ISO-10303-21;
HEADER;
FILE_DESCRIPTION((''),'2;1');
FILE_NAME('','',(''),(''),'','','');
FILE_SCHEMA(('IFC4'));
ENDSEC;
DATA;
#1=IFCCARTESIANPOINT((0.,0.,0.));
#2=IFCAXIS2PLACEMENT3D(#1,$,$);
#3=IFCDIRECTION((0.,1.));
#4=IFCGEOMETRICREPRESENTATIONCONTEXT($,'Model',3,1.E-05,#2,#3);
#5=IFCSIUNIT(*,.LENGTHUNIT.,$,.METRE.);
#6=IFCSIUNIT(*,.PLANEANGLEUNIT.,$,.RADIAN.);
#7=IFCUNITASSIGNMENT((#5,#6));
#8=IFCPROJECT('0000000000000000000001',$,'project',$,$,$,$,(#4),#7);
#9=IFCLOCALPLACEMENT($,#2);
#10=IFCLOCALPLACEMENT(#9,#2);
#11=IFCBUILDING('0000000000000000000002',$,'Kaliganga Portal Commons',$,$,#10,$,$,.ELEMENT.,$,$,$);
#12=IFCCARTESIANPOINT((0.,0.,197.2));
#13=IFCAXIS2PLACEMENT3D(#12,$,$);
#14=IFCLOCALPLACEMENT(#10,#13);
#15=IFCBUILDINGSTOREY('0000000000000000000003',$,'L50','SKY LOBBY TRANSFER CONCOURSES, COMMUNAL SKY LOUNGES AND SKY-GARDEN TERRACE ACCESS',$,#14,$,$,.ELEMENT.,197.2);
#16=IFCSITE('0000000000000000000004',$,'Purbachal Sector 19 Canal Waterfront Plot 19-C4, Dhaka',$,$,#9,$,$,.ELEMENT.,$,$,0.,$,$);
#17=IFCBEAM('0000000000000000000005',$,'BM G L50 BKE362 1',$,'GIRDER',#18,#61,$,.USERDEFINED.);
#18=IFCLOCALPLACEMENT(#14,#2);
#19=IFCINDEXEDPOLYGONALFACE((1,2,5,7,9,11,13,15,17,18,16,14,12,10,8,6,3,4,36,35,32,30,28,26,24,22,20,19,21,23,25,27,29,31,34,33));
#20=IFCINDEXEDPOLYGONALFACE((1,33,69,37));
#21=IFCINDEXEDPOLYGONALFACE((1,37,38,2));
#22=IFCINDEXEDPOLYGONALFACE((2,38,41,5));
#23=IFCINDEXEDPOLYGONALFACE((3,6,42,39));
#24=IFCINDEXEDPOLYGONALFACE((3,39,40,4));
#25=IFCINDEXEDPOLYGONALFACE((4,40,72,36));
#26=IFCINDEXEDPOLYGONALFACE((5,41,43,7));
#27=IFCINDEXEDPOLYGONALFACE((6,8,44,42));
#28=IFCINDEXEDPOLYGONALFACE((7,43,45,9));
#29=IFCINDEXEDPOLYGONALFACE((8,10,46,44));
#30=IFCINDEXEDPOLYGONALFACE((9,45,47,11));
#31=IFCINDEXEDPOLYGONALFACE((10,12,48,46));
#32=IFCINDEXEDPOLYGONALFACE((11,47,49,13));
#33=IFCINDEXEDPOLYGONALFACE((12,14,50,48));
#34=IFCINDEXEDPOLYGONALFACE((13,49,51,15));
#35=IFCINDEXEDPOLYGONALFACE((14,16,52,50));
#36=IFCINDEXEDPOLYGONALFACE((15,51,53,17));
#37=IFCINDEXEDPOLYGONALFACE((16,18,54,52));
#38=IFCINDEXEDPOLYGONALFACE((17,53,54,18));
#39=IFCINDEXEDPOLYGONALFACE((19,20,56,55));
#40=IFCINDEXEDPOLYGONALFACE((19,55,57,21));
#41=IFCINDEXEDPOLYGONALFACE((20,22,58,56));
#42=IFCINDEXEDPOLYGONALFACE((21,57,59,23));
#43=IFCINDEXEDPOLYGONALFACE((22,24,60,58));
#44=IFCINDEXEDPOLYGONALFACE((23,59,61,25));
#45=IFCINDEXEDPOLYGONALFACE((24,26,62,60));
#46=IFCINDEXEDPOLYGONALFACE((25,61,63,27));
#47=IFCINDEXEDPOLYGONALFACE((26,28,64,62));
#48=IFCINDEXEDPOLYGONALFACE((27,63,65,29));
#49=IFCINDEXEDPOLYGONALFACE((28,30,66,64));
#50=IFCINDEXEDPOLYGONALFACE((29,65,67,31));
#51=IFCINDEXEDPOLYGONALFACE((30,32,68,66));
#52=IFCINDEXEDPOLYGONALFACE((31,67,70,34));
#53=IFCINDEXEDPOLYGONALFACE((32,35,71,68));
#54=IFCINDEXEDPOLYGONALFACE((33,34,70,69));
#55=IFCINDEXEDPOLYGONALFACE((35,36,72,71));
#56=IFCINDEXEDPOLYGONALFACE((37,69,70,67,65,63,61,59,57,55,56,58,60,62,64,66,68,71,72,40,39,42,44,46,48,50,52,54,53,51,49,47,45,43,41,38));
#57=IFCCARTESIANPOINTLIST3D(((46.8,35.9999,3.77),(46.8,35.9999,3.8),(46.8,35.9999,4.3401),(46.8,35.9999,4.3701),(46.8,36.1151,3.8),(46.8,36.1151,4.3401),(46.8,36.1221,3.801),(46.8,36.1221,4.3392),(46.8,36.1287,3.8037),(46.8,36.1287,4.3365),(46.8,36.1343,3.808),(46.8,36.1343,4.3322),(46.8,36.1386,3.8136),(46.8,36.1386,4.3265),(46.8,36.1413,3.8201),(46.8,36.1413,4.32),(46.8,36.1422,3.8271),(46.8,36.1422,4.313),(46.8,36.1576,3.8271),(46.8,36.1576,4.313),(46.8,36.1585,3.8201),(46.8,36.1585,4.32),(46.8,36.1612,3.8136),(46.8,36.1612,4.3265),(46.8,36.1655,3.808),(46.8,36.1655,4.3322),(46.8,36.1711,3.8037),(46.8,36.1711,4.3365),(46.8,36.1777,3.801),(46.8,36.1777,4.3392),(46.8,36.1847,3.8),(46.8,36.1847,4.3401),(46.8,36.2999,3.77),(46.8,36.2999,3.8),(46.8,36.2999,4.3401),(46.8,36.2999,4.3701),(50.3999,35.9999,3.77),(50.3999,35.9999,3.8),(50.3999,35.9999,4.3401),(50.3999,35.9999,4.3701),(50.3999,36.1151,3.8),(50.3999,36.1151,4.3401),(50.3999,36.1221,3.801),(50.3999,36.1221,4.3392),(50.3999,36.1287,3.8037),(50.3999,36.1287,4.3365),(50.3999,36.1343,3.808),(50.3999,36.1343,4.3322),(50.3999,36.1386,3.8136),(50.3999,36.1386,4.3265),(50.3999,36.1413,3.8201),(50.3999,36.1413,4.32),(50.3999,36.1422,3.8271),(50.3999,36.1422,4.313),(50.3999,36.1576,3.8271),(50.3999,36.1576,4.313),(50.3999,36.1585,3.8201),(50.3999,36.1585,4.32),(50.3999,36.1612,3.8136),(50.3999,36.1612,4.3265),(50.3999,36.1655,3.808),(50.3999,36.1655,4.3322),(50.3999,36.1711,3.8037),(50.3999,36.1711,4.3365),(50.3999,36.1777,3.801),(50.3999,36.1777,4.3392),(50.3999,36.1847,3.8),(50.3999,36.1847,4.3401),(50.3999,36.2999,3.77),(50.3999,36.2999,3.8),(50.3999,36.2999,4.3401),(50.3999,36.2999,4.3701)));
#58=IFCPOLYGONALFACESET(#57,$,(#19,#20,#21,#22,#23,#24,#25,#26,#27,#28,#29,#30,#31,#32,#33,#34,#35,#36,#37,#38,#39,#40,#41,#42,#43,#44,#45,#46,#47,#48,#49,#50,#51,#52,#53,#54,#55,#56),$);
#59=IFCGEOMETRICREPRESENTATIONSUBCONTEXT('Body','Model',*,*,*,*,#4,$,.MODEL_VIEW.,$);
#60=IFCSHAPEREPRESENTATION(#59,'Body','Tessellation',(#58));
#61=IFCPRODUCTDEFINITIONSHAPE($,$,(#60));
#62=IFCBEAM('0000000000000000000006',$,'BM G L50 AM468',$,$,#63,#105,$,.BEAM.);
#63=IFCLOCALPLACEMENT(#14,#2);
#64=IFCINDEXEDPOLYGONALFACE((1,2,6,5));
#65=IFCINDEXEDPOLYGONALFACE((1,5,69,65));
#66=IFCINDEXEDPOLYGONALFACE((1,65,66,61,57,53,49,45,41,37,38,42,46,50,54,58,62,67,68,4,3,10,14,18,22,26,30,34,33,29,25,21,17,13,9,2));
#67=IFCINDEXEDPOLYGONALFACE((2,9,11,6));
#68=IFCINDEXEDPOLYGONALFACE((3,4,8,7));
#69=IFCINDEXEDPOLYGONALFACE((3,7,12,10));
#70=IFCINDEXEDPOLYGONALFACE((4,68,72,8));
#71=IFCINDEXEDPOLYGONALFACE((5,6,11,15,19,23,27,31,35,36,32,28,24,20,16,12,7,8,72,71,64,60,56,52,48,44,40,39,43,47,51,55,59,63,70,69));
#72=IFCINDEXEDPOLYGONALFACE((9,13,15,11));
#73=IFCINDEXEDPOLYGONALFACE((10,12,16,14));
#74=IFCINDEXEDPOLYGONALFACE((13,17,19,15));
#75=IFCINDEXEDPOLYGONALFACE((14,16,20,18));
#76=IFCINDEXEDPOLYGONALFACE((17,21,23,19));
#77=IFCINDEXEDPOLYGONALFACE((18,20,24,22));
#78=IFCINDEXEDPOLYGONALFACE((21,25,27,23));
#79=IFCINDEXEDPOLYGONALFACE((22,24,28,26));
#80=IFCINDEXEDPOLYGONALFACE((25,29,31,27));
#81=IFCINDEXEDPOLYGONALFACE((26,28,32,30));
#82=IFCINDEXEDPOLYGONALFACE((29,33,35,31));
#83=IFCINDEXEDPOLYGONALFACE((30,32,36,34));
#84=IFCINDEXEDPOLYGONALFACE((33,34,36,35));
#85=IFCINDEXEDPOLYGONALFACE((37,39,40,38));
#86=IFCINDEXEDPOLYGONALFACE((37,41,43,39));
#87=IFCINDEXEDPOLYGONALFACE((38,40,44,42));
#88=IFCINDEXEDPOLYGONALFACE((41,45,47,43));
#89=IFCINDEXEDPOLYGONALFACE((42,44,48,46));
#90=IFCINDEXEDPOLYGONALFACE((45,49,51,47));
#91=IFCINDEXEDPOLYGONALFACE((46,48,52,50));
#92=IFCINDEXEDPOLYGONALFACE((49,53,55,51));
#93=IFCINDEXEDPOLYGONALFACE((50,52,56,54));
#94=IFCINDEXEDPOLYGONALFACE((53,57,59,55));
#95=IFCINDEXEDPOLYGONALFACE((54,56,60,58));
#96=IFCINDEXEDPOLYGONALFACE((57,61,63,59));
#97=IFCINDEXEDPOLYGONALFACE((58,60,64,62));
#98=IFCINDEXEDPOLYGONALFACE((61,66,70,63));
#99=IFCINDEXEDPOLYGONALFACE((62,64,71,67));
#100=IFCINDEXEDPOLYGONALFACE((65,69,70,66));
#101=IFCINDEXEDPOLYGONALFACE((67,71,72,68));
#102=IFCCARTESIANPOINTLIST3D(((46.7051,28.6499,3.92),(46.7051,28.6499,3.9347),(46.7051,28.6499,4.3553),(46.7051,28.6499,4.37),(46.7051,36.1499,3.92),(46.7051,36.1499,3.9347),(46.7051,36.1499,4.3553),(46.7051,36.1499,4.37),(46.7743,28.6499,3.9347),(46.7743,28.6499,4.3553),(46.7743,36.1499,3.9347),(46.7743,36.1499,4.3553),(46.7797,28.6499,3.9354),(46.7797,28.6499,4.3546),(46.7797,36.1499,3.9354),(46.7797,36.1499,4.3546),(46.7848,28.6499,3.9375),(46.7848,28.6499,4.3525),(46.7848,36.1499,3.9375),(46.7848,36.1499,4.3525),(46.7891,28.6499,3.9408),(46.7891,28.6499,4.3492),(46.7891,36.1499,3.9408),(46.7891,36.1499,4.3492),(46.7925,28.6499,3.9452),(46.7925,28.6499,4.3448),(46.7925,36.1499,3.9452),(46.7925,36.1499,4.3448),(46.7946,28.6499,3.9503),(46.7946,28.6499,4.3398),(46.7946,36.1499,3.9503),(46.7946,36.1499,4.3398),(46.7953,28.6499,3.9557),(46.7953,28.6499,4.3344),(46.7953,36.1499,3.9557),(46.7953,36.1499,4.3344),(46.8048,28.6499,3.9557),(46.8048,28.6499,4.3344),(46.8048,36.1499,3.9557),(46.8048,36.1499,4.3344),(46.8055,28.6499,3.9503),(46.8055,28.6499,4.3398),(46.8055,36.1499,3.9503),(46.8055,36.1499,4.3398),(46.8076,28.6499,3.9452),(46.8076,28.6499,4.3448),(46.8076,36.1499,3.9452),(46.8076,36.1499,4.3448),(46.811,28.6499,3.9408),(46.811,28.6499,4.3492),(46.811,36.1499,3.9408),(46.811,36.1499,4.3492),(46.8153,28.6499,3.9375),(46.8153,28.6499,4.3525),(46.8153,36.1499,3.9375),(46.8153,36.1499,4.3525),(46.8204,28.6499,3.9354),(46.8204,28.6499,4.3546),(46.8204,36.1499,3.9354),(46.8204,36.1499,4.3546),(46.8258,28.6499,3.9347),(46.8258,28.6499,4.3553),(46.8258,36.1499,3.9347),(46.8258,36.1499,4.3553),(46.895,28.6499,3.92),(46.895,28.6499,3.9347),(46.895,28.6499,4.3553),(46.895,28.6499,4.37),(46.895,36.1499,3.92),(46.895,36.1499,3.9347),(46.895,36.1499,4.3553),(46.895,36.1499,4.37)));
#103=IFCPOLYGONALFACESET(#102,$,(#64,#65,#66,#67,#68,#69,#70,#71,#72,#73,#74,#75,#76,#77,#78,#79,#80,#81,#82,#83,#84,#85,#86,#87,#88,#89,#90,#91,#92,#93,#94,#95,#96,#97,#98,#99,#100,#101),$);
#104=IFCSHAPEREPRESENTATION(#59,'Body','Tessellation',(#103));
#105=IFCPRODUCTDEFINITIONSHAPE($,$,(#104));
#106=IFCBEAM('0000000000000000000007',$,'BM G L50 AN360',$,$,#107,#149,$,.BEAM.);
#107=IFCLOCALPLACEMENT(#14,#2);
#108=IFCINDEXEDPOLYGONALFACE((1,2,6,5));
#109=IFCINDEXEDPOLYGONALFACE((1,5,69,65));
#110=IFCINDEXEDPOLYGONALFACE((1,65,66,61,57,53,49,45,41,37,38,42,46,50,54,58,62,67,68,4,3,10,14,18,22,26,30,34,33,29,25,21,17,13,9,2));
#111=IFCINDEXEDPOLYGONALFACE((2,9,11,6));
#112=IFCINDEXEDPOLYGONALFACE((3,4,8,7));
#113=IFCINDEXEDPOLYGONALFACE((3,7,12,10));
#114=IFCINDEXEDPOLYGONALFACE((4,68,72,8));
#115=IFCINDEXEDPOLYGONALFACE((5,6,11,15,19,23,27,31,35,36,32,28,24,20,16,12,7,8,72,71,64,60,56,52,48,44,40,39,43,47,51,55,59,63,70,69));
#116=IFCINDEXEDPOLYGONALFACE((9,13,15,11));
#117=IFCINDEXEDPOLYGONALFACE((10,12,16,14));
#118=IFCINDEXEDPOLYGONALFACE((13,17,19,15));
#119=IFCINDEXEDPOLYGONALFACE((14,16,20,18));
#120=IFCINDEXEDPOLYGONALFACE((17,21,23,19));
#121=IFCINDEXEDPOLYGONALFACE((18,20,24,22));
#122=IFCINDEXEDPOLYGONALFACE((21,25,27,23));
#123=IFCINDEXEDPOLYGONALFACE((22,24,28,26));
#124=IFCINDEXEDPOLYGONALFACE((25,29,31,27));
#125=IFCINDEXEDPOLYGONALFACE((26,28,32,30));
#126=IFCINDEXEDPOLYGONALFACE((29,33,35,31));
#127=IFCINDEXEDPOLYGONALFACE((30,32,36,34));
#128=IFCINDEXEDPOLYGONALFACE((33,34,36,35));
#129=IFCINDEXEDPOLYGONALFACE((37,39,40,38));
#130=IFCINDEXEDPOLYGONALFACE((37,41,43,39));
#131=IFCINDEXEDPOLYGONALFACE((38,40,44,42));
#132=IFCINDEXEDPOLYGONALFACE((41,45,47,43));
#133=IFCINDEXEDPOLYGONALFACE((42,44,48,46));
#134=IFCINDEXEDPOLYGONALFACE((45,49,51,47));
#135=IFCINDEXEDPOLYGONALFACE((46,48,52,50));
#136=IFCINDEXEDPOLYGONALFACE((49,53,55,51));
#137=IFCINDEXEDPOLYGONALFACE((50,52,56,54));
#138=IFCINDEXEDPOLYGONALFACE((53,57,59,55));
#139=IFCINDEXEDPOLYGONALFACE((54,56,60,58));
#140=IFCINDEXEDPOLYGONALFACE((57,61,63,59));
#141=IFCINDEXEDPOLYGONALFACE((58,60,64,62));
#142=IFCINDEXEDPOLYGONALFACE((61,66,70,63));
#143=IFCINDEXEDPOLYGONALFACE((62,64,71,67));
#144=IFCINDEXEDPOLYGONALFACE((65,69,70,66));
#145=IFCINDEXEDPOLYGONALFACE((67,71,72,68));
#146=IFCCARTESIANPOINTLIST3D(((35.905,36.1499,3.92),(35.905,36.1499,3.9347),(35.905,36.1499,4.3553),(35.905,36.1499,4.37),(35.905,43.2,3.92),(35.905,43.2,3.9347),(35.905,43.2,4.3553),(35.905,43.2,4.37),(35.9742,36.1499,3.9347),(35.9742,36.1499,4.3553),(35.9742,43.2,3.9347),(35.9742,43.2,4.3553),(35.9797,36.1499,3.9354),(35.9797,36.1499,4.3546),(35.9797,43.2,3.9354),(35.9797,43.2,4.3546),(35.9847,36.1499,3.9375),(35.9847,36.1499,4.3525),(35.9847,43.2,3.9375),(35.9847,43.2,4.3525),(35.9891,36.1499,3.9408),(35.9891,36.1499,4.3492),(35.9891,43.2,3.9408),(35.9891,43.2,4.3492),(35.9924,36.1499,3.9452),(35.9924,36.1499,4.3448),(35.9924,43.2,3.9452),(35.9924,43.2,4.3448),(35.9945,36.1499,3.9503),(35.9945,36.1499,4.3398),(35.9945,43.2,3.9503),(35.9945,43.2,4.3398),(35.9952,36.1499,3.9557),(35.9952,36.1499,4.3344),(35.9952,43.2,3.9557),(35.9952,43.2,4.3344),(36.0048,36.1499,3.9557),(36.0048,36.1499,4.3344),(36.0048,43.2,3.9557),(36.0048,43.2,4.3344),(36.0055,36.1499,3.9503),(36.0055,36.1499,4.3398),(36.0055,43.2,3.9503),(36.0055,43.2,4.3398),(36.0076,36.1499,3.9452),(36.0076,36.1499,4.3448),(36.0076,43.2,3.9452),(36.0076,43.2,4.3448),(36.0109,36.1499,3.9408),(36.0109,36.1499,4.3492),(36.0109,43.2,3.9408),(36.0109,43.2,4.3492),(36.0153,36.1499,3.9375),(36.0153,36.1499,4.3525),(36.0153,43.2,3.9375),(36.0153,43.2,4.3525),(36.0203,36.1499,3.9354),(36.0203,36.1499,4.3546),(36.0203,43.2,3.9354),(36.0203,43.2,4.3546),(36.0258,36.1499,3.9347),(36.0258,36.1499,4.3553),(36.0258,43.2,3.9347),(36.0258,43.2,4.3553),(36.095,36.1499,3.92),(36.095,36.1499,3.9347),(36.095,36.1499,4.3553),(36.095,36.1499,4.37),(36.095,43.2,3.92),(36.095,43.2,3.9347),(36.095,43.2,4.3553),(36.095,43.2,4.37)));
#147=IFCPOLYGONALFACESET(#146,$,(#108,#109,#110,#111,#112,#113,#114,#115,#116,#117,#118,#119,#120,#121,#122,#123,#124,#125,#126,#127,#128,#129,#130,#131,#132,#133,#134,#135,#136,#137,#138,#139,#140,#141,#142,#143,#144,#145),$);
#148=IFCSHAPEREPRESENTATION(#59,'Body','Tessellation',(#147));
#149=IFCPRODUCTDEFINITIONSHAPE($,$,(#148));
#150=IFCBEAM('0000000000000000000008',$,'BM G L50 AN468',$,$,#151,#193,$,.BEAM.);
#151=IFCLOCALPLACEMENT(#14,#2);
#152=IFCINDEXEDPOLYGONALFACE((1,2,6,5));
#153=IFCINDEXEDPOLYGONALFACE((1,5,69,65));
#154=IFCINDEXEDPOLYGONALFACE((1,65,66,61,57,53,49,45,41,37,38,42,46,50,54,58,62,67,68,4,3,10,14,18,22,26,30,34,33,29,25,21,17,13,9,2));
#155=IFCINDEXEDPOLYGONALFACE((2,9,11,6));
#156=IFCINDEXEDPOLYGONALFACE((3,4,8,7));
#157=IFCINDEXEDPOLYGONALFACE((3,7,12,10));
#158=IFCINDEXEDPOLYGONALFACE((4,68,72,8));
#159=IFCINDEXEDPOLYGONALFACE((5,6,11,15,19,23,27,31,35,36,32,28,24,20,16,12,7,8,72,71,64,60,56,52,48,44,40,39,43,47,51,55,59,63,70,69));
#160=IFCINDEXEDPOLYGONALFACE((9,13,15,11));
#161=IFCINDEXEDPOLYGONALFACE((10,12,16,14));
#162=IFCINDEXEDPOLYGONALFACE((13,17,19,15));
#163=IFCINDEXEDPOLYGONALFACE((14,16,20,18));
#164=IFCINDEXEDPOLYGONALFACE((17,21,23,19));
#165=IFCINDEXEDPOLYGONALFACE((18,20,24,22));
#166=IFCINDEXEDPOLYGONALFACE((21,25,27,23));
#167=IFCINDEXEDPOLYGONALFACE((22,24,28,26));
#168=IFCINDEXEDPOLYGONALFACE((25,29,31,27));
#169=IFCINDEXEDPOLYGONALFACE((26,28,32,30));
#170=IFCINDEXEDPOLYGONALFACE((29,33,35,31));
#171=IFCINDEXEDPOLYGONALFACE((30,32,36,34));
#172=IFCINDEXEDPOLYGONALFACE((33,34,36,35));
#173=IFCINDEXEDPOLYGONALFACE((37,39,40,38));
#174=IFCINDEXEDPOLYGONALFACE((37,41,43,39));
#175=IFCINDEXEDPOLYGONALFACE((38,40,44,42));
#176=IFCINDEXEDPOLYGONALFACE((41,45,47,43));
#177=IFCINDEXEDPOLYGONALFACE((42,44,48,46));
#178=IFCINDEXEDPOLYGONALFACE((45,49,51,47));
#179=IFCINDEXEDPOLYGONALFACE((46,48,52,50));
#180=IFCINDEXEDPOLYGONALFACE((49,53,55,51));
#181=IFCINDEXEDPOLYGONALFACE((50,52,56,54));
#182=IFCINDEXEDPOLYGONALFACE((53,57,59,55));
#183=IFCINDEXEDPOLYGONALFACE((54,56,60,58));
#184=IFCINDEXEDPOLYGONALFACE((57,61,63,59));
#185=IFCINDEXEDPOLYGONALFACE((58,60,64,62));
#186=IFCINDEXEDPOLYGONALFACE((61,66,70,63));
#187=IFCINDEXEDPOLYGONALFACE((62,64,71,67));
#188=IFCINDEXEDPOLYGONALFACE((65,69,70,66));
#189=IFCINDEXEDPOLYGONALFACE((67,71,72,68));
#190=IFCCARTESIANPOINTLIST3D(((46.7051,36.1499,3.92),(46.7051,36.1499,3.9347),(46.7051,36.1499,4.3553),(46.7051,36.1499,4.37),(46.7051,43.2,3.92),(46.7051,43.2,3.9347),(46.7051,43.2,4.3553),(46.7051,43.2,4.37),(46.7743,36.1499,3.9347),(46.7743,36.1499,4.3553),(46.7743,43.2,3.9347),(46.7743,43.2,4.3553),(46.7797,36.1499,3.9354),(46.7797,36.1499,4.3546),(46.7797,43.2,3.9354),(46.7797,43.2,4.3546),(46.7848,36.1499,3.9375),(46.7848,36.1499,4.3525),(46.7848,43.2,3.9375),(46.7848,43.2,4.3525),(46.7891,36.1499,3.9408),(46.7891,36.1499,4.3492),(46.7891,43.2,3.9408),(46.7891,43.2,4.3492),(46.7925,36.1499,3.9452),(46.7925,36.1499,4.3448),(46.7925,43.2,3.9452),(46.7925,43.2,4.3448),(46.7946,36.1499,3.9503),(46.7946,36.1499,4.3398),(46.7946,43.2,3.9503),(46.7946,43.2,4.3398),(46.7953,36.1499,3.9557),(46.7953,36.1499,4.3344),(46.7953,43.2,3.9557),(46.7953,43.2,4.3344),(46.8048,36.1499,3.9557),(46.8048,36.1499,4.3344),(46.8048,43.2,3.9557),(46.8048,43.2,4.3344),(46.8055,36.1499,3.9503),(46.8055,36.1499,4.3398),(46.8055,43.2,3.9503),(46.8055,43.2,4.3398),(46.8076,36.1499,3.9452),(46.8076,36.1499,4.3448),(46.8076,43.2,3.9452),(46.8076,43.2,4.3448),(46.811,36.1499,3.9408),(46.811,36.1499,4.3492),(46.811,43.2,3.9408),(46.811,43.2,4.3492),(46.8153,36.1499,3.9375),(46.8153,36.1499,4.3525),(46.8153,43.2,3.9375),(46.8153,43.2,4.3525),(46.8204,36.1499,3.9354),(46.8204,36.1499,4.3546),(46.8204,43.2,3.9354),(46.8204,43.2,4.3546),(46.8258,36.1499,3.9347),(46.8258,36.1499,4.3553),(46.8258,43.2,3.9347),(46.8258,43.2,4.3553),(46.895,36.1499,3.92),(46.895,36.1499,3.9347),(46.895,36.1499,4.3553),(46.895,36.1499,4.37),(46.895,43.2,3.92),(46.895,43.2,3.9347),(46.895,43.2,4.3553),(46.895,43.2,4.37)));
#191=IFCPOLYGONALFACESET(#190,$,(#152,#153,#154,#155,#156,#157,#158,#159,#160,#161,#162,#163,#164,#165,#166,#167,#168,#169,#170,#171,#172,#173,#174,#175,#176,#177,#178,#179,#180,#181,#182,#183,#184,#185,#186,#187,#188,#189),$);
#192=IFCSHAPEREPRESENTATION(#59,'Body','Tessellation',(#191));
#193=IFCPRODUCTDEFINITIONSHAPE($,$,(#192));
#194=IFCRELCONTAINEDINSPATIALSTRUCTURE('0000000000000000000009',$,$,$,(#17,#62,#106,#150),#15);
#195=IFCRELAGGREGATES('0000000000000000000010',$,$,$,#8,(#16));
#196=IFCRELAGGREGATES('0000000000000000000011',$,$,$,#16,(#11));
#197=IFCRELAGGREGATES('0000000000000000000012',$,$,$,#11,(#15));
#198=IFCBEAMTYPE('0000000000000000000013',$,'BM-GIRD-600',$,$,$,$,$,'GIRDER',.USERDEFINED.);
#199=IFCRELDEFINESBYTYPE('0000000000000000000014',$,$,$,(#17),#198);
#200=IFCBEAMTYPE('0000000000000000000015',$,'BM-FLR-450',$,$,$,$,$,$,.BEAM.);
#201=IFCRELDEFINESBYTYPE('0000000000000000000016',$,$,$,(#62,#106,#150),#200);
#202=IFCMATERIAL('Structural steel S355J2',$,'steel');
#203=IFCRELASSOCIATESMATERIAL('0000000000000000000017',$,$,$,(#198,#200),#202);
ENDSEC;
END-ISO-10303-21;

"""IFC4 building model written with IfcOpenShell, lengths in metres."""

from ifc_helpers import new_model, si_unit, direction, frame, origin, origin_2d, place, context, subcontext, project, spatial, i_section, extrude, source, transform, mapped, material, material_profile, profile_set, type_object, element, save


model = new_model("IFC4")

# Units and contexts
model_context = context("Model", 3, precision=1e-05, world=origin(), true_north=direction((0.0, 1.0)))
body_context = subcontext(model_context, "Body", "Model", "MODEL_VIEW")
ifc_project = project(units=[si_unit("LENGTHUNIT", "METRE"), si_unit("PLANEANGLEUNIT", "RADIAN")], contexts=[model_context])

# Site, building, storey
site_placement = place(None, origin())
site = spatial("IfcSite", under=ifc_project, at=site_placement, Name="Purbachal Sector 19 Canal Waterfront Plot 19-C4, Dhaka", CompositionType="ELEMENT", RefElevation=0.0)
building_placement = place(site_placement, origin())
building = spatial("IfcBuilding", under=site, at=building_placement, Name="Kaliganga Portal Commons", CompositionType="ELEMENT")
storey_placement = place(building_placement, frame((0.0, 0.0, 197.2)))
storey = spatial("IfcBuildingStorey", under=building, at=storey_placement, Name="L50", Description="SKY LOBBY TRANSFER CONCOURSES, COMMUNAL SKY LOUNGES AND SKY-GARDEN TERRACE ACCESS", CompositionType="ELEMENT", Elevation=197.2)

# Beams
ifc_material_1 = material(Name="Structural steel S355J2", Category="steel")
ifc_material_profile_1 = material_profile(ifc_material_1, i_section(OverallWidth=0.3, OverallDepth=0.6001, WebThickness=0.0154, FlangeThickness=0.03, FilletRadius=0.0271, at=origin_2d()), Name="HE 600 B")
ifc_profile_set_1 = profile_set([ifc_material_profile_1], Name="Structural steel S355J2 wide-flange")
beam_type_1 = type_object("IfcBeamType", Name="BM-GIRD-600", ElementType="GIRDER", PredefinedType="USERDEFINED", material=ifc_profile_set_1)
shared_shape_1 = source(origin(), body_context, "Body", "SweptSolid", [
    extrude(i_section(OverallWidth=0.3, OverallDepth=0.6001, WebThickness=0.0154, FlangeThickness=0.03, FilletRadius=0.0271, at=origin_2d()), origin(), (0.0, 0.0, 1.0), 3.5999),
])
for number, where, z_axis, x_axis, name in (
    (1, (46.8, 36.1499, 4.0701), (1.0, 0.0, 0.0), (0.0, 1.0, 0.0), "BM G L50 BKE362 1"),
):
    element("IfcBeam", number, at=place(storey_placement, frame(where, z_axis=z_axis, x_axis=x_axis)), inside=storey, type_object=beam_type_1, Name=name, ObjectType="GIRDER", PredefinedType="USERDEFINED", context=body_context, shape_type="MappedRepresentation", body=[
        mapped(shared_shape_1, transform((0.0, 0.0, 0.0), x_axis=(1.0, 0.0, 0.0), y_axis=(0.0, 1.0, 0.0), z_axis=(0.0, 0.0, 1.0), scale=1.0)),
    ])
ifc_material_profile_2 = material_profile(ifc_material_1, i_section(OverallWidth=0.1899, OverallDepth=0.45, WebThickness=0.0095, FlangeThickness=0.0146, FilletRadius=0.021, at=origin_2d()), Name="IPE 450")
ifc_profile_set_2 = profile_set([ifc_material_profile_2], Name="Structural steel S355J2 wide-flange")
beam_type_2 = type_object("IfcBeamType", Name="BM-FLR-450", PredefinedType="BEAM", material=ifc_profile_set_2)
shared_shape_2 = source(origin(), body_context, "Body", "SweptSolid", [
    extrude(i_section(OverallWidth=0.1899, OverallDepth=0.45, WebThickness=0.0095, FlangeThickness=0.0146, FilletRadius=0.021, at=origin_2d()), origin(), (0.0, 0.0, 1.0), 7.5),
])
beam_1_placement = place(storey_placement, frame((46.8, 28.6499, 4.145), z_axis=(0.0, 1.0, 0.0), x_axis=(-1.0, 0.0, 0.0)))
element("IfcBeam", 2, at=beam_1_placement, inside=storey, type_object=beam_type_2, Name="BM G L50 AM468", PredefinedType="BEAM", context=body_context, shape_type="MappedRepresentation", body=[
    mapped(shared_shape_2, transform((0.0, 0.0, 0.0), x_axis=(1.0, 0.0, 0.0), y_axis=(0.0, 1.0, 0.0), z_axis=(0.0, 0.0, 1.0), scale=1.0)),
])
shared_shape_3 = source(origin(), body_context, "Body", "SweptSolid", [
    extrude(i_section(OverallWidth=0.1899, OverallDepth=0.45, WebThickness=0.0095, FlangeThickness=0.0146, FilletRadius=0.021, at=origin_2d()), origin(), (0.0, 0.0, 1.0), 7.05),
])
for number, where, z_axis, x_axis, name in (
    (3, (36.0, 36.1499, 4.145), (0.0, 1.0, 0.0), (-1.0, 0.0, 0.0), "BM G L50 AN360"),
    (4, (46.8, 36.1499, 4.145), (0.0, 1.0, 0.0), (-1.0, 0.0, 0.0), "BM G L50 AN468"),
):
    element("IfcBeam", number, at=place(storey_placement, frame(where, z_axis=z_axis, x_axis=x_axis)), inside=storey, type_object=beam_type_2, Name=name, PredefinedType="BEAM", context=body_context, shape_type="MappedRepresentation", body=[
        mapped(shared_shape_3, transform((0.0, 0.0, 0.0), x_axis=(1.0, 0.0, 0.0), y_axis=(0.0, 1.0, 0.0), z_axis=(0.0, 0.0, 1.0), scale=1.0)),
    ])

save(model, "model.ifc")
